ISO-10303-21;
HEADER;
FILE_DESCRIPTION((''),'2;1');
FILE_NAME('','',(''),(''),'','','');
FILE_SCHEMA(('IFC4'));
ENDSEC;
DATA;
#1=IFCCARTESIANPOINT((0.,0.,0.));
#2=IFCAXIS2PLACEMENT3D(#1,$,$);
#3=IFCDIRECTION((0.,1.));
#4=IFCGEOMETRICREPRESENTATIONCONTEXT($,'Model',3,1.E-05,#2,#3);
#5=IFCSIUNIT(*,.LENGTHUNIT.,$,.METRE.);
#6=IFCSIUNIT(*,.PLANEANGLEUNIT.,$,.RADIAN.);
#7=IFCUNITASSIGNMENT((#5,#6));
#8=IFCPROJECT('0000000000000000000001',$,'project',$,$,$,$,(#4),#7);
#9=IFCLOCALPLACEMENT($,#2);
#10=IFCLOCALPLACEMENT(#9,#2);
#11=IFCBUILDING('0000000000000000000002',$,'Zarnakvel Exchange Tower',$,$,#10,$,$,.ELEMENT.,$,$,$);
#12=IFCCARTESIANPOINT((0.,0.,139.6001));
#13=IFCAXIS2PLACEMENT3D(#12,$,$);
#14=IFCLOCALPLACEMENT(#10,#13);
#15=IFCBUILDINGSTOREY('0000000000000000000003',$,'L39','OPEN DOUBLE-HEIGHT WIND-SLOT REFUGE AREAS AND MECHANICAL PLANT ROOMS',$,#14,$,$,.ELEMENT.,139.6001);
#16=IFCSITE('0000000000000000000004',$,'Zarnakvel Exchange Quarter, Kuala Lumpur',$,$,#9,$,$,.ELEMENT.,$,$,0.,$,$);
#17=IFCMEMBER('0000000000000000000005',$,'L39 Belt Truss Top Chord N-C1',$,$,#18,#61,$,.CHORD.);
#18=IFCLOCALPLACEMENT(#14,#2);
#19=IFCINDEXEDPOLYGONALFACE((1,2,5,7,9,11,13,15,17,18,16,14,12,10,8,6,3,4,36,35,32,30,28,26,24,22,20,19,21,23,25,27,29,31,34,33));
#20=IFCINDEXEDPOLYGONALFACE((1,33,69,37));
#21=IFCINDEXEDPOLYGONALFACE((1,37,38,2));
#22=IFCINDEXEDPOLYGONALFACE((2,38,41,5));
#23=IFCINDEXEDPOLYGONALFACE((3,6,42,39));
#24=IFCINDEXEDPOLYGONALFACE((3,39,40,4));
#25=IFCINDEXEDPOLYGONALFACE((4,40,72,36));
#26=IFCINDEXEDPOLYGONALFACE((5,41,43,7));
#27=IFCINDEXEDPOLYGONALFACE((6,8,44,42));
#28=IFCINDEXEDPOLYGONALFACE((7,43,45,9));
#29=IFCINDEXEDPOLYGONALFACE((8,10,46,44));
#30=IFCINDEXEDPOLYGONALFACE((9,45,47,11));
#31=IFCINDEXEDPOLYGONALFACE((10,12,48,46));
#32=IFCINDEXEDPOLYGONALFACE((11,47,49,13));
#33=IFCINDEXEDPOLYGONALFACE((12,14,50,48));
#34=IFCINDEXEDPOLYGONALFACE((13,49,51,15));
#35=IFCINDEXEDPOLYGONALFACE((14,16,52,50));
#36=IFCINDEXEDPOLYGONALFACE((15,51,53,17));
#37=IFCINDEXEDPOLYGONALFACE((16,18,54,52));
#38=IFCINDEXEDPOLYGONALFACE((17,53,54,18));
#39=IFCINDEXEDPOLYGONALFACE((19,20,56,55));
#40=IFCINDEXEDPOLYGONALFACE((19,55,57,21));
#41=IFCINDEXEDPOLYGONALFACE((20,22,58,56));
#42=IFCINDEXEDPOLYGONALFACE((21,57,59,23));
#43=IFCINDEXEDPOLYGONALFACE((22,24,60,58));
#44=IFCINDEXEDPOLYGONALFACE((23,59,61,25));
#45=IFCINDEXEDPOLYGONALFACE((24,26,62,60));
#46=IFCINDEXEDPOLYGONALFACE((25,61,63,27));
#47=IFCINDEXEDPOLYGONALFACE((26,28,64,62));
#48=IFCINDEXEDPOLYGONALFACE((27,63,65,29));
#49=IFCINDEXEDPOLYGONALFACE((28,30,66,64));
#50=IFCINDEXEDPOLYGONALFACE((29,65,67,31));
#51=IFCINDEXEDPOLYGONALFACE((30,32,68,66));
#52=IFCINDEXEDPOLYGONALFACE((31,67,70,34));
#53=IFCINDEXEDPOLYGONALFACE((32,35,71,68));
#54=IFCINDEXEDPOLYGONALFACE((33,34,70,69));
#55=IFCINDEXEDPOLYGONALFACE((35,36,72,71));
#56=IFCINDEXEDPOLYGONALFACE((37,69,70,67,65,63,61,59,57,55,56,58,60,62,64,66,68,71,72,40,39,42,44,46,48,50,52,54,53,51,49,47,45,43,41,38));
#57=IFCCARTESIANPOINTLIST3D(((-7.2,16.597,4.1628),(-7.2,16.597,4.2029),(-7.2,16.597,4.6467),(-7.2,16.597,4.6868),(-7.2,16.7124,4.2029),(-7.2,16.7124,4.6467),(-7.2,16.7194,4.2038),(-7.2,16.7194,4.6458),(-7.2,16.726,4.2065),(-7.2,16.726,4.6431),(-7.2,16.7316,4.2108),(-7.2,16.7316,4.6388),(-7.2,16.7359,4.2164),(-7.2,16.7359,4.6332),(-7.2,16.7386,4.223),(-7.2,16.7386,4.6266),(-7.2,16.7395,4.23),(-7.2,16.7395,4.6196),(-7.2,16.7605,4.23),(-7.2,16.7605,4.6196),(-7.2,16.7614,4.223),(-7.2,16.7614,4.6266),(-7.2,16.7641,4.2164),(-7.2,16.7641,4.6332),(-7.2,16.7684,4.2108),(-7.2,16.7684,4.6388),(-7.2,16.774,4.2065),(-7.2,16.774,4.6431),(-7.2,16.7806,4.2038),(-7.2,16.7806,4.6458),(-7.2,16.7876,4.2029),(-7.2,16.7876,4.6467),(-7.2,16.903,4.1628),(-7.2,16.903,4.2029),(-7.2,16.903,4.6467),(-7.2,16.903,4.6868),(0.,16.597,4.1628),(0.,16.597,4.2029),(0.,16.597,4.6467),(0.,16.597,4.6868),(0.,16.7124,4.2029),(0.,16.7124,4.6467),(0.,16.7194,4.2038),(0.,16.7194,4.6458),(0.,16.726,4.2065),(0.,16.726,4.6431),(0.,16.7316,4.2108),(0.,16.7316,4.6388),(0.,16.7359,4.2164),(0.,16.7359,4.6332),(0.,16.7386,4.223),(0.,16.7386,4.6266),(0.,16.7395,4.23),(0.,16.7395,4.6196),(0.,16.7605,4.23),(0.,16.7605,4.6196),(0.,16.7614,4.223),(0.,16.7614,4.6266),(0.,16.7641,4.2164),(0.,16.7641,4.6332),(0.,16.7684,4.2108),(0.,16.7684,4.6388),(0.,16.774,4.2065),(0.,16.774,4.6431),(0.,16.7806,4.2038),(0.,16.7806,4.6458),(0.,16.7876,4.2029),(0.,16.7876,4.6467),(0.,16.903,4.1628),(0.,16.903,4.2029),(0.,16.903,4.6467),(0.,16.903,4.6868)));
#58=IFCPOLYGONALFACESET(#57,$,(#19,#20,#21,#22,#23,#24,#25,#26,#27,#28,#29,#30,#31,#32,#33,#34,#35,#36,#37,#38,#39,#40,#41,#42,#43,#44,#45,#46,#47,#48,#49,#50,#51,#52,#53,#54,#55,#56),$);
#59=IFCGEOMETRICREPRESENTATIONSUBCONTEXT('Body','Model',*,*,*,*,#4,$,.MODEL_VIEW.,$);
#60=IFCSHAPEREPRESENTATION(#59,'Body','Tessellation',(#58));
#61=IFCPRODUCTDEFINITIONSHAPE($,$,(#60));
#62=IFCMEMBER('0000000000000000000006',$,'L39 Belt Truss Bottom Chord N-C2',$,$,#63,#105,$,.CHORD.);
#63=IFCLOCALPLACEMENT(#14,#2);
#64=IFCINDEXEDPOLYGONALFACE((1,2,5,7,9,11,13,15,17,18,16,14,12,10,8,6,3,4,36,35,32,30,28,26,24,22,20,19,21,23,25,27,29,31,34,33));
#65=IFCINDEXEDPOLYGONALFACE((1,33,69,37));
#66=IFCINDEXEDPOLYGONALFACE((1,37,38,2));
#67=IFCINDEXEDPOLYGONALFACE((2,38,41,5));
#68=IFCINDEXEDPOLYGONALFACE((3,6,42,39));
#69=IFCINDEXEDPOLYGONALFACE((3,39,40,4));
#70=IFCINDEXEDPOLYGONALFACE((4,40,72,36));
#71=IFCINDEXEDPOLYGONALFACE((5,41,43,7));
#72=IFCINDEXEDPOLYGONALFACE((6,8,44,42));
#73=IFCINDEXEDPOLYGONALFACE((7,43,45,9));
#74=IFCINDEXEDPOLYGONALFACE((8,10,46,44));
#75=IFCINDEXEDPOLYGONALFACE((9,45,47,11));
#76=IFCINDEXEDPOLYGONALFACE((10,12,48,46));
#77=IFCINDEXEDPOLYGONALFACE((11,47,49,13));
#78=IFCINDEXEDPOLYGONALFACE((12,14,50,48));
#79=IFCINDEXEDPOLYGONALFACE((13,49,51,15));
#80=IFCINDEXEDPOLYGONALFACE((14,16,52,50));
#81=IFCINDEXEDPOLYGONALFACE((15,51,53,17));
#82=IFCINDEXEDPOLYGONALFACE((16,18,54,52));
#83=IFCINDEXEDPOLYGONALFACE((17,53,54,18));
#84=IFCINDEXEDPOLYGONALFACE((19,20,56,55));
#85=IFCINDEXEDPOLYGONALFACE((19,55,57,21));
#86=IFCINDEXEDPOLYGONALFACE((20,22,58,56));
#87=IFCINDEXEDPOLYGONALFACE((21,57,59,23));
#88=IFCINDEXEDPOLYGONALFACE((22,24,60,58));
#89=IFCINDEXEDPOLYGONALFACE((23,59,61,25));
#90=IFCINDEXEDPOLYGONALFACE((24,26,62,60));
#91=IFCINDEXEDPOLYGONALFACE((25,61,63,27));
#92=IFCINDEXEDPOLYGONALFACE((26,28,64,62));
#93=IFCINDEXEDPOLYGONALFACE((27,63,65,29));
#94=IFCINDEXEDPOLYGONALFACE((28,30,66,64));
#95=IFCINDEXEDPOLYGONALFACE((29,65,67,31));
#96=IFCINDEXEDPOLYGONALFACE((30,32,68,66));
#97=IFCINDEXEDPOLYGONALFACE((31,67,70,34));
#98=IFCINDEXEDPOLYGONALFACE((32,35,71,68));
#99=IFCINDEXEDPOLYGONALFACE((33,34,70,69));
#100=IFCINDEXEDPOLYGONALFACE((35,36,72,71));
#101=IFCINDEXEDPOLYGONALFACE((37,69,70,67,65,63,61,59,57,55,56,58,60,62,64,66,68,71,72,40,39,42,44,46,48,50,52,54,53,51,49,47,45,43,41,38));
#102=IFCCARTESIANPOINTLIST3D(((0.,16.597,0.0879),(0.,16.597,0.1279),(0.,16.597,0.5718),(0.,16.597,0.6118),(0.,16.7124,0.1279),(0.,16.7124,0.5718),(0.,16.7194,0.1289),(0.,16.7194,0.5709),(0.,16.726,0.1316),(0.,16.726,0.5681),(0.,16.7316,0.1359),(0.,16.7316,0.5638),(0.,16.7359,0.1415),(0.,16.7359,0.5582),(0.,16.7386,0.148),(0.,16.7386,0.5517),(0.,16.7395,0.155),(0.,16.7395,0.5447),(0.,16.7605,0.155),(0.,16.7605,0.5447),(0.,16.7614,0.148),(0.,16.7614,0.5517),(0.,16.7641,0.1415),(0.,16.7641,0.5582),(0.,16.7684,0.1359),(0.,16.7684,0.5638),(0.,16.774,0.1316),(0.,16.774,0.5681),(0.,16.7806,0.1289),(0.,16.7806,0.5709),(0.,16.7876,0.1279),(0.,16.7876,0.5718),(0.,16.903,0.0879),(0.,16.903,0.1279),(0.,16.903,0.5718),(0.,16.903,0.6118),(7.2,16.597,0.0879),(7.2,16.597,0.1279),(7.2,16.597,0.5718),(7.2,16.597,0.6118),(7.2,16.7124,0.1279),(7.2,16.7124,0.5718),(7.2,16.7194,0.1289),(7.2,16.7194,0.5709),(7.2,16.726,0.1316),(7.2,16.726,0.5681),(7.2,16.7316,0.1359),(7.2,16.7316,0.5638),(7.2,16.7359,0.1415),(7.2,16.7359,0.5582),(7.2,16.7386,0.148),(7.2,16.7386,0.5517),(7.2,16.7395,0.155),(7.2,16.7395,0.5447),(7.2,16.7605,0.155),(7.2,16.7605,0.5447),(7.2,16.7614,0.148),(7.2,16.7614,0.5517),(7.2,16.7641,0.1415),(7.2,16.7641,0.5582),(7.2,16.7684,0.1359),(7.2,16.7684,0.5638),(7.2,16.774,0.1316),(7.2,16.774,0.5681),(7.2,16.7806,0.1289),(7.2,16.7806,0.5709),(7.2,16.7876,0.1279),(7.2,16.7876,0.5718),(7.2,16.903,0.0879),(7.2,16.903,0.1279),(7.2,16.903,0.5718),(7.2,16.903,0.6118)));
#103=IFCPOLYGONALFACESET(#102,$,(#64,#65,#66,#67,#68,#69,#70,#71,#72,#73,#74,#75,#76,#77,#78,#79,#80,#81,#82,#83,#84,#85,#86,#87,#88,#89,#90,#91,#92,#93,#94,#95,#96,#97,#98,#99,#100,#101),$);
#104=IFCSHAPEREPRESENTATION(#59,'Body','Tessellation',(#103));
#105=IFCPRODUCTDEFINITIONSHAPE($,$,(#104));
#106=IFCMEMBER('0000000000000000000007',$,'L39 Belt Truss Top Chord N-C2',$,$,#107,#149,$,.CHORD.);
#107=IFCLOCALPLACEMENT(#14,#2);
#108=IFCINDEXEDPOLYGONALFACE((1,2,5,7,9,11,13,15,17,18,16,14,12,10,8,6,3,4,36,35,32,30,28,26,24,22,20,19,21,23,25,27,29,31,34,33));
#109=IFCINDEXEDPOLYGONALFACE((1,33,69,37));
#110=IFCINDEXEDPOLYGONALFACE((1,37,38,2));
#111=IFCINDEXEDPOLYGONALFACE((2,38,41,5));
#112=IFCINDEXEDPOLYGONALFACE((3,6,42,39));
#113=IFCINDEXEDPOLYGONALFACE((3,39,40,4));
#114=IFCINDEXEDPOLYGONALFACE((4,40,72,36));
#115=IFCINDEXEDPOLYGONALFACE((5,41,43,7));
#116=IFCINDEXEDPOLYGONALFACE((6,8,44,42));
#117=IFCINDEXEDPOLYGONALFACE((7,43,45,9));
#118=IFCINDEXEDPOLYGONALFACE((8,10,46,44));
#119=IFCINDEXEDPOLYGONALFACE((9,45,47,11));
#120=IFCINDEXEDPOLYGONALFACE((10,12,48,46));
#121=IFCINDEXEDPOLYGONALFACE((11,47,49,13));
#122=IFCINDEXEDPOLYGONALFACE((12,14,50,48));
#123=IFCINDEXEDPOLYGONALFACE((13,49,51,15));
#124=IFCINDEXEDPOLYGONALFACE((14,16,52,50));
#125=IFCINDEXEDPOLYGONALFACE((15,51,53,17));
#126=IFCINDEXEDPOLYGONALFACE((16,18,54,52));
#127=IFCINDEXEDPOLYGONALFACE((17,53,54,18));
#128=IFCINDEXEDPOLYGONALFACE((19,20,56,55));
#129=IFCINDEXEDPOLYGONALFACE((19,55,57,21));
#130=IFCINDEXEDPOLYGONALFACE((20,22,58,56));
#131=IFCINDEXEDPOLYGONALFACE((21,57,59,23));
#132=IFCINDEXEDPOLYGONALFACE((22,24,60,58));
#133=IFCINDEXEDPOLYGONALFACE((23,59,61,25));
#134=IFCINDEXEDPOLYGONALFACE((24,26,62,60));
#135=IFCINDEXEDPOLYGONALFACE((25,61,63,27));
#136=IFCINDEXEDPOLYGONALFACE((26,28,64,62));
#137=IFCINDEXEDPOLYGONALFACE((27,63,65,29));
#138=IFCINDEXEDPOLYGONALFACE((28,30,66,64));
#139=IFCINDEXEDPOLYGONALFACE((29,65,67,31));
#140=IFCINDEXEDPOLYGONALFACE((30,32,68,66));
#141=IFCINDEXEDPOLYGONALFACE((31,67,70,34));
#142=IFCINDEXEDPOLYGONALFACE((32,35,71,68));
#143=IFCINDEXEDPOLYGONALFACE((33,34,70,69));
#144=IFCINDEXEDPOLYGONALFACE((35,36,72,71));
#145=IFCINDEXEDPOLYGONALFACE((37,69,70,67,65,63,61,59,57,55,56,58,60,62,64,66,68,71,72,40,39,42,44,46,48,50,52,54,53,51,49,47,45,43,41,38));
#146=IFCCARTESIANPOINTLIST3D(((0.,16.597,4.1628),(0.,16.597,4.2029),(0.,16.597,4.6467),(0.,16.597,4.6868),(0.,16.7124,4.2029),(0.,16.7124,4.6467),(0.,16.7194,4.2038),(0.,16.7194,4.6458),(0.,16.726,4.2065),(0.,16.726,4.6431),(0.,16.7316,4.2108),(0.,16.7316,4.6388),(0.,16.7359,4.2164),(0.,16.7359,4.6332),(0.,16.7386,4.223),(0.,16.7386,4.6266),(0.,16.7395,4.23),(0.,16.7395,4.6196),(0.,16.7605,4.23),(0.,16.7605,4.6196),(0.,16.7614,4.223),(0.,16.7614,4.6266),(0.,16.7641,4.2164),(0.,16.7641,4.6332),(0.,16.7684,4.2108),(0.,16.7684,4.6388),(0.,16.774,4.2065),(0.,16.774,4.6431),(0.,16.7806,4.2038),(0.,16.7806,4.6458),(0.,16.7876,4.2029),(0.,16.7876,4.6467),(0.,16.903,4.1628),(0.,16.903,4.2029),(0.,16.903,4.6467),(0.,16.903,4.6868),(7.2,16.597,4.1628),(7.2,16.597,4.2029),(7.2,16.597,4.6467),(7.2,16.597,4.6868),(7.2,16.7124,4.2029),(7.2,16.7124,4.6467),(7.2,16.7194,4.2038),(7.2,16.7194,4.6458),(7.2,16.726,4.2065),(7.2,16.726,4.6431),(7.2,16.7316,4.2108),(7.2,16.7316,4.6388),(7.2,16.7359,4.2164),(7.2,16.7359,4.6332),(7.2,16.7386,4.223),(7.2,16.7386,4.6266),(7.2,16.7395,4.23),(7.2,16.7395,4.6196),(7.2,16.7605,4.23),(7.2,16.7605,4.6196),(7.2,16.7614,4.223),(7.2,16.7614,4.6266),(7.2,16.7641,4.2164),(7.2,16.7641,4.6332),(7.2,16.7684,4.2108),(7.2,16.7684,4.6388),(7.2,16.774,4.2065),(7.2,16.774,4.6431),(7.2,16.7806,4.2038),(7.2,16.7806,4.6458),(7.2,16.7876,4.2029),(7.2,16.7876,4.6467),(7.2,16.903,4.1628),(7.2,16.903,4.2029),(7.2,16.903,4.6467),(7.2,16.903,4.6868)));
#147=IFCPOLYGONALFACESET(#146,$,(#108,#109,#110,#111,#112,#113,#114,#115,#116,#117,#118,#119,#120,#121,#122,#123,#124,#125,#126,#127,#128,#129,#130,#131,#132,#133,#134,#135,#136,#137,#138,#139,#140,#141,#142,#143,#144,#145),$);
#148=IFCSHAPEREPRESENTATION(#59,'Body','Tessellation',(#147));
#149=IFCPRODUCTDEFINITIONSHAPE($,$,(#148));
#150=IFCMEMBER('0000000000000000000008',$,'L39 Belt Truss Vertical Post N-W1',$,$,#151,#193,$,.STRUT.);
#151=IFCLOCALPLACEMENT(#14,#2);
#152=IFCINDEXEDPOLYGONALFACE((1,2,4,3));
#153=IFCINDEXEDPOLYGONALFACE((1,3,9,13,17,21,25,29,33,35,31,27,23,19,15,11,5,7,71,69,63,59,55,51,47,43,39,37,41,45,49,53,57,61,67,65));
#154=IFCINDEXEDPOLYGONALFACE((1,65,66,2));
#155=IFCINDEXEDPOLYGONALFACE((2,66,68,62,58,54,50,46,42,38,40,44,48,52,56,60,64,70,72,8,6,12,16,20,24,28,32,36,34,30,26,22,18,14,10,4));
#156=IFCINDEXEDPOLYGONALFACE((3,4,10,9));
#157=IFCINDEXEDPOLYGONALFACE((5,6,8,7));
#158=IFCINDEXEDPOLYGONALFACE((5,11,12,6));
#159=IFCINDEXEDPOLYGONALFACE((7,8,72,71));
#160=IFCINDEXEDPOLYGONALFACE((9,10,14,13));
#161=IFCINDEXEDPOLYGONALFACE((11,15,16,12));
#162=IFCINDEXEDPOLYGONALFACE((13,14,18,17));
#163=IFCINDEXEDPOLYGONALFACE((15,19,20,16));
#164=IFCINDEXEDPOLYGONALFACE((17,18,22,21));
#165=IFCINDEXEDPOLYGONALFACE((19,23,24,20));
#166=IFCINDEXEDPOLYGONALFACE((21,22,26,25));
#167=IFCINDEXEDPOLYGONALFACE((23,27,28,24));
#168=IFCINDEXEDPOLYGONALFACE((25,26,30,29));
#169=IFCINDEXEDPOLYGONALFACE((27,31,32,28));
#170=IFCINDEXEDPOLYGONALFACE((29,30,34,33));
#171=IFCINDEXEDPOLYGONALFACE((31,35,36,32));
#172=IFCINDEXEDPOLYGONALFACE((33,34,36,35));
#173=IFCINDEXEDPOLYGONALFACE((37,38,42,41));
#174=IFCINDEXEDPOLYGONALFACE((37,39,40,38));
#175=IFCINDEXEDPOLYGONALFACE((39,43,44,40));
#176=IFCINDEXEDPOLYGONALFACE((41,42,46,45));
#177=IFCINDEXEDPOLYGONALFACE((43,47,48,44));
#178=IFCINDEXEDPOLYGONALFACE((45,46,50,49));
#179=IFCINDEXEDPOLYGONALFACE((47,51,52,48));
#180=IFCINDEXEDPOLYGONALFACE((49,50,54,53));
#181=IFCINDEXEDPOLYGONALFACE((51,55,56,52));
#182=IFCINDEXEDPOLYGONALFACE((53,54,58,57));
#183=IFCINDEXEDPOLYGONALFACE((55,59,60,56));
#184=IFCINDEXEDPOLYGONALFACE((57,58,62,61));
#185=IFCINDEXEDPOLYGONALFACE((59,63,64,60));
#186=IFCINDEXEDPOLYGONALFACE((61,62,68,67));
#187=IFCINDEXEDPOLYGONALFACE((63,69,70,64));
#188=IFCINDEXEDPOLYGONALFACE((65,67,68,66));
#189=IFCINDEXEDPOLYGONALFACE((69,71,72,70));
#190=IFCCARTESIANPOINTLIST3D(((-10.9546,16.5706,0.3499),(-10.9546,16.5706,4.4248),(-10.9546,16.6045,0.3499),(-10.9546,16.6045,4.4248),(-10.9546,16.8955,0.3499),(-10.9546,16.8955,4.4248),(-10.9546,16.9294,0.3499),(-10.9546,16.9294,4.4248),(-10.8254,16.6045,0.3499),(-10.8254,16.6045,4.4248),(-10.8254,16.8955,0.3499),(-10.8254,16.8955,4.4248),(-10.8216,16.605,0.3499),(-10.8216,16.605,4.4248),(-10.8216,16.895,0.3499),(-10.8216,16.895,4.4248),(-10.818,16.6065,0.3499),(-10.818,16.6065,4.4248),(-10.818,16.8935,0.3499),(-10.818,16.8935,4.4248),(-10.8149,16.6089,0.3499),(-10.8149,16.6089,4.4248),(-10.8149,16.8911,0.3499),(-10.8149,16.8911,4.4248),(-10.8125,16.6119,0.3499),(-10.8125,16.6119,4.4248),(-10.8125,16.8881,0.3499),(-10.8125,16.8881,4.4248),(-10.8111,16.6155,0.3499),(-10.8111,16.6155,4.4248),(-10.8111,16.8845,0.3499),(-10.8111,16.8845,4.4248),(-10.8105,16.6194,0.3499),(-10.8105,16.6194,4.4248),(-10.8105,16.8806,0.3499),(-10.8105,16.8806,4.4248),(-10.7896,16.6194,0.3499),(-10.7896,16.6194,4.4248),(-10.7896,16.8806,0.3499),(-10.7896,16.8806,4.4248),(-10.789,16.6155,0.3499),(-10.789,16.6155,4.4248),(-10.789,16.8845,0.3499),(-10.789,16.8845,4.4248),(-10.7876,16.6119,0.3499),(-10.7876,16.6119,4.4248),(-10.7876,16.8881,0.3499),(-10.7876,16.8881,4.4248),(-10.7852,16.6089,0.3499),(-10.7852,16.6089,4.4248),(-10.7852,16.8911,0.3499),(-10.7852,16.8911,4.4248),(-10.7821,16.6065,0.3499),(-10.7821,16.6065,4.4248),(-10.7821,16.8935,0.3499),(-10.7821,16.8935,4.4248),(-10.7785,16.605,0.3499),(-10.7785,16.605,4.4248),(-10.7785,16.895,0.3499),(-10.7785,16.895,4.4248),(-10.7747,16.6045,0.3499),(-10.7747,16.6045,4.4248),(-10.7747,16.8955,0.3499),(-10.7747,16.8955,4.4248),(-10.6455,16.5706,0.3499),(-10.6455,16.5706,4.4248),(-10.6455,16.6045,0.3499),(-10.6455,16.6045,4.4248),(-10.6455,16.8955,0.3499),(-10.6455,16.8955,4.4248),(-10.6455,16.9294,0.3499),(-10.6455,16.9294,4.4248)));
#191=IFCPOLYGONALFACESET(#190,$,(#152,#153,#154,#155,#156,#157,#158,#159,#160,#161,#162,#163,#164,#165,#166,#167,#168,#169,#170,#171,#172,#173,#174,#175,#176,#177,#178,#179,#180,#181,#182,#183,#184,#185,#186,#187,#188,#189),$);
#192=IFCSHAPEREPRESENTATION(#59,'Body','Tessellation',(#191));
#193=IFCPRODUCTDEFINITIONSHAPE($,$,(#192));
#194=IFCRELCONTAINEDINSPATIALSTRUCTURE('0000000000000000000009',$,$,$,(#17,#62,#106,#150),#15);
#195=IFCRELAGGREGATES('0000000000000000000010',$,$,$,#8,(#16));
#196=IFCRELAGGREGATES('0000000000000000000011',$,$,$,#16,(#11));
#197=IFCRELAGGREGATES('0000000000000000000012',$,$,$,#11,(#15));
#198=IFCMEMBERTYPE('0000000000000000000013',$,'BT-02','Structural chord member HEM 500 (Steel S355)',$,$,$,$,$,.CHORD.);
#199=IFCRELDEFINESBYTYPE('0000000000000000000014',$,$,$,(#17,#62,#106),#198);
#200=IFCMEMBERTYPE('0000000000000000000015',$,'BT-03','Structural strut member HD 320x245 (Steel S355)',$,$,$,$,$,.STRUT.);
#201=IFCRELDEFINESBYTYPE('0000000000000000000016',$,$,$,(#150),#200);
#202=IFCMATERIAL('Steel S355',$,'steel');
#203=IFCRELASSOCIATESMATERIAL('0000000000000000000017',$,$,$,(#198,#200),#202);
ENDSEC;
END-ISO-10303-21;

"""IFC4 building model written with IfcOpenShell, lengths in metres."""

from ifc_helpers import new_model, si_unit, direction, frame, origin, origin_2d, place, context, subcontext, project, spatial, i_section, extrude, source, transform, mapped, material, material_profile, profile_set, type_object, element, save


model = new_model("IFC4")

# Units and contexts
model_context = context("Model", 3, precision=1e-05, world=origin(), true_north=direction((0.0, 1.0)))
body_context = subcontext(model_context, "Body", "Model", "MODEL_VIEW")
ifc_project = project(units=[si_unit("LENGTHUNIT", "METRE"), si_unit("PLANEANGLEUNIT", "RADIAN")], contexts=[model_context])

# Site, building, storey
site_placement = place(None, origin())
site = spatial("IfcSite", under=ifc_project, at=site_placement, Name="Zarnakvel Exchange Quarter, Kuala Lumpur", CompositionType="ELEMENT", RefElevation=0.0)
building_placement = place(site_placement, origin())
building = spatial("IfcBuilding", under=site, at=building_placement, Name="Zarnakvel Exchange Tower", CompositionType="ELEMENT")
storey_placement = place(building_placement, frame((0.0, 0.0, 139.6001)))
storey = spatial("IfcBuildingStorey", under=building, at=storey_placement, Name="L39", Description="OPEN DOUBLE-HEIGHT WIND-SLOT REFUGE AREAS AND MECHANICAL PLANT ROOMS", CompositionType="ELEMENT", Elevation=139.6001)

# Shared definitions
ifc_material_1 = material(Name="Steel S355", Category="steel")

# Members
ifc_material_profile_1 = material_profile(ifc_material_1, i_section(OverallWidth=0.3059, OverallDepth=0.5239, WebThickness=0.021, FlangeThickness=0.04, FilletRadius=0.0271, at=origin_2d()))
ifc_profile_set_1 = profile_set([ifc_material_profile_1], Name="Steel S355")
member_type_1 = type_object("IfcMemberType", Name="BT-02", Description="Structural chord member HEM 500 (Steel S355)", PredefinedType="CHORD", material=ifc_profile_set_1)
shared_shape_1 = source(origin(), body_context, "Body", "SweptSolid", [
    extrude(i_section(OverallWidth=0.3059, OverallDepth=0.5239, WebThickness=0.021, FlangeThickness=0.04, FilletRadius=0.0271, at=origin_2d()), origin(), (0.0, 0.0, 1.0), 7.2),
])
for number, where, z_axis, x_axis, name in (
    (1, (-7.2, 16.75, 4.4248), (1.0, 0.0, 0.0), (0.0, 1.0, 0.0), "L39 Belt Truss Top Chord N-C1"),
    (2, (0.0, 16.75, 0.3499), (1.0, 0.0, 0.0), (0.0, 1.0, 0.0), "L39 Belt Truss Bottom Chord N-C2"),
    (3, (0.0, 16.75, 4.4248), (1.0, 0.0, 0.0), (0.0, 1.0, 0.0), "L39 Belt Truss Top Chord N-C2"),
):
    element("IfcMember", number, at=place(storey_placement, frame(where, z_axis=z_axis, x_axis=x_axis)), inside=storey, type_object=member_type_1, Name=name, PredefinedType="CHORD", context=body_context, shape_type="MappedRepresentation", body=[
        mapped(shared_shape_1, transform((0.0, 0.0, 0.0), x_axis=(1.0, 0.0, 0.0), y_axis=(0.0, 1.0, 0.0), z_axis=(0.0, 0.0, 1.0), scale=1.0)),
    ])
ifc_material_profile_2 = material_profile(ifc_material_1, i_section(OverallWidth=0.3091, OverallDepth=0.3589, WebThickness=0.021, FlangeThickness=0.0339, FilletRadius=0.0149, at=origin_2d()))
ifc_profile_set_2 = profile_set([ifc_material_profile_2], Name="Steel S355")
member_type_2 = type_object("IfcMemberType", Name="BT-03", Description="Structural strut member HD 320x245 (Steel S355)", PredefinedType="STRUT", material=ifc_profile_set_2)
shared_shape_2 = source(origin(), body_context, "Body", "SweptSolid", [
    extrude(i_section(OverallWidth=0.3091, OverallDepth=0.3589, WebThickness=0.021, FlangeThickness=0.0339, FilletRadius=0.0149, at=origin_2d()), origin(), (0.0, 0.0, 1.0), 4.075),
])
for number, where, z_axis, x_axis, name in (
    (4, (-10.8, 16.75, 0.3499), (0.0, 0.0, 1.0), (1.0, 0.0, 0.0), "L39 Belt Truss Vertical Post N-W1"),
):
    element("IfcMember", number, at=place(storey_placement, frame(where, z_axis=z_axis, x_axis=x_axis)), inside=storey, type_object=member_type_2, Name=name, PredefinedType="STRUT", context=body_context, shape_type="MappedRepresentation", body=[
        mapped(shared_shape_2, transform((0.0, 0.0, 0.0), x_axis=(1.0, 0.0, 0.0), y_axis=(0.0, 1.0, 0.0), z_axis=(0.0, 0.0, 1.0), scale=1.0)),
    ])

save(model, "model.ifc")
